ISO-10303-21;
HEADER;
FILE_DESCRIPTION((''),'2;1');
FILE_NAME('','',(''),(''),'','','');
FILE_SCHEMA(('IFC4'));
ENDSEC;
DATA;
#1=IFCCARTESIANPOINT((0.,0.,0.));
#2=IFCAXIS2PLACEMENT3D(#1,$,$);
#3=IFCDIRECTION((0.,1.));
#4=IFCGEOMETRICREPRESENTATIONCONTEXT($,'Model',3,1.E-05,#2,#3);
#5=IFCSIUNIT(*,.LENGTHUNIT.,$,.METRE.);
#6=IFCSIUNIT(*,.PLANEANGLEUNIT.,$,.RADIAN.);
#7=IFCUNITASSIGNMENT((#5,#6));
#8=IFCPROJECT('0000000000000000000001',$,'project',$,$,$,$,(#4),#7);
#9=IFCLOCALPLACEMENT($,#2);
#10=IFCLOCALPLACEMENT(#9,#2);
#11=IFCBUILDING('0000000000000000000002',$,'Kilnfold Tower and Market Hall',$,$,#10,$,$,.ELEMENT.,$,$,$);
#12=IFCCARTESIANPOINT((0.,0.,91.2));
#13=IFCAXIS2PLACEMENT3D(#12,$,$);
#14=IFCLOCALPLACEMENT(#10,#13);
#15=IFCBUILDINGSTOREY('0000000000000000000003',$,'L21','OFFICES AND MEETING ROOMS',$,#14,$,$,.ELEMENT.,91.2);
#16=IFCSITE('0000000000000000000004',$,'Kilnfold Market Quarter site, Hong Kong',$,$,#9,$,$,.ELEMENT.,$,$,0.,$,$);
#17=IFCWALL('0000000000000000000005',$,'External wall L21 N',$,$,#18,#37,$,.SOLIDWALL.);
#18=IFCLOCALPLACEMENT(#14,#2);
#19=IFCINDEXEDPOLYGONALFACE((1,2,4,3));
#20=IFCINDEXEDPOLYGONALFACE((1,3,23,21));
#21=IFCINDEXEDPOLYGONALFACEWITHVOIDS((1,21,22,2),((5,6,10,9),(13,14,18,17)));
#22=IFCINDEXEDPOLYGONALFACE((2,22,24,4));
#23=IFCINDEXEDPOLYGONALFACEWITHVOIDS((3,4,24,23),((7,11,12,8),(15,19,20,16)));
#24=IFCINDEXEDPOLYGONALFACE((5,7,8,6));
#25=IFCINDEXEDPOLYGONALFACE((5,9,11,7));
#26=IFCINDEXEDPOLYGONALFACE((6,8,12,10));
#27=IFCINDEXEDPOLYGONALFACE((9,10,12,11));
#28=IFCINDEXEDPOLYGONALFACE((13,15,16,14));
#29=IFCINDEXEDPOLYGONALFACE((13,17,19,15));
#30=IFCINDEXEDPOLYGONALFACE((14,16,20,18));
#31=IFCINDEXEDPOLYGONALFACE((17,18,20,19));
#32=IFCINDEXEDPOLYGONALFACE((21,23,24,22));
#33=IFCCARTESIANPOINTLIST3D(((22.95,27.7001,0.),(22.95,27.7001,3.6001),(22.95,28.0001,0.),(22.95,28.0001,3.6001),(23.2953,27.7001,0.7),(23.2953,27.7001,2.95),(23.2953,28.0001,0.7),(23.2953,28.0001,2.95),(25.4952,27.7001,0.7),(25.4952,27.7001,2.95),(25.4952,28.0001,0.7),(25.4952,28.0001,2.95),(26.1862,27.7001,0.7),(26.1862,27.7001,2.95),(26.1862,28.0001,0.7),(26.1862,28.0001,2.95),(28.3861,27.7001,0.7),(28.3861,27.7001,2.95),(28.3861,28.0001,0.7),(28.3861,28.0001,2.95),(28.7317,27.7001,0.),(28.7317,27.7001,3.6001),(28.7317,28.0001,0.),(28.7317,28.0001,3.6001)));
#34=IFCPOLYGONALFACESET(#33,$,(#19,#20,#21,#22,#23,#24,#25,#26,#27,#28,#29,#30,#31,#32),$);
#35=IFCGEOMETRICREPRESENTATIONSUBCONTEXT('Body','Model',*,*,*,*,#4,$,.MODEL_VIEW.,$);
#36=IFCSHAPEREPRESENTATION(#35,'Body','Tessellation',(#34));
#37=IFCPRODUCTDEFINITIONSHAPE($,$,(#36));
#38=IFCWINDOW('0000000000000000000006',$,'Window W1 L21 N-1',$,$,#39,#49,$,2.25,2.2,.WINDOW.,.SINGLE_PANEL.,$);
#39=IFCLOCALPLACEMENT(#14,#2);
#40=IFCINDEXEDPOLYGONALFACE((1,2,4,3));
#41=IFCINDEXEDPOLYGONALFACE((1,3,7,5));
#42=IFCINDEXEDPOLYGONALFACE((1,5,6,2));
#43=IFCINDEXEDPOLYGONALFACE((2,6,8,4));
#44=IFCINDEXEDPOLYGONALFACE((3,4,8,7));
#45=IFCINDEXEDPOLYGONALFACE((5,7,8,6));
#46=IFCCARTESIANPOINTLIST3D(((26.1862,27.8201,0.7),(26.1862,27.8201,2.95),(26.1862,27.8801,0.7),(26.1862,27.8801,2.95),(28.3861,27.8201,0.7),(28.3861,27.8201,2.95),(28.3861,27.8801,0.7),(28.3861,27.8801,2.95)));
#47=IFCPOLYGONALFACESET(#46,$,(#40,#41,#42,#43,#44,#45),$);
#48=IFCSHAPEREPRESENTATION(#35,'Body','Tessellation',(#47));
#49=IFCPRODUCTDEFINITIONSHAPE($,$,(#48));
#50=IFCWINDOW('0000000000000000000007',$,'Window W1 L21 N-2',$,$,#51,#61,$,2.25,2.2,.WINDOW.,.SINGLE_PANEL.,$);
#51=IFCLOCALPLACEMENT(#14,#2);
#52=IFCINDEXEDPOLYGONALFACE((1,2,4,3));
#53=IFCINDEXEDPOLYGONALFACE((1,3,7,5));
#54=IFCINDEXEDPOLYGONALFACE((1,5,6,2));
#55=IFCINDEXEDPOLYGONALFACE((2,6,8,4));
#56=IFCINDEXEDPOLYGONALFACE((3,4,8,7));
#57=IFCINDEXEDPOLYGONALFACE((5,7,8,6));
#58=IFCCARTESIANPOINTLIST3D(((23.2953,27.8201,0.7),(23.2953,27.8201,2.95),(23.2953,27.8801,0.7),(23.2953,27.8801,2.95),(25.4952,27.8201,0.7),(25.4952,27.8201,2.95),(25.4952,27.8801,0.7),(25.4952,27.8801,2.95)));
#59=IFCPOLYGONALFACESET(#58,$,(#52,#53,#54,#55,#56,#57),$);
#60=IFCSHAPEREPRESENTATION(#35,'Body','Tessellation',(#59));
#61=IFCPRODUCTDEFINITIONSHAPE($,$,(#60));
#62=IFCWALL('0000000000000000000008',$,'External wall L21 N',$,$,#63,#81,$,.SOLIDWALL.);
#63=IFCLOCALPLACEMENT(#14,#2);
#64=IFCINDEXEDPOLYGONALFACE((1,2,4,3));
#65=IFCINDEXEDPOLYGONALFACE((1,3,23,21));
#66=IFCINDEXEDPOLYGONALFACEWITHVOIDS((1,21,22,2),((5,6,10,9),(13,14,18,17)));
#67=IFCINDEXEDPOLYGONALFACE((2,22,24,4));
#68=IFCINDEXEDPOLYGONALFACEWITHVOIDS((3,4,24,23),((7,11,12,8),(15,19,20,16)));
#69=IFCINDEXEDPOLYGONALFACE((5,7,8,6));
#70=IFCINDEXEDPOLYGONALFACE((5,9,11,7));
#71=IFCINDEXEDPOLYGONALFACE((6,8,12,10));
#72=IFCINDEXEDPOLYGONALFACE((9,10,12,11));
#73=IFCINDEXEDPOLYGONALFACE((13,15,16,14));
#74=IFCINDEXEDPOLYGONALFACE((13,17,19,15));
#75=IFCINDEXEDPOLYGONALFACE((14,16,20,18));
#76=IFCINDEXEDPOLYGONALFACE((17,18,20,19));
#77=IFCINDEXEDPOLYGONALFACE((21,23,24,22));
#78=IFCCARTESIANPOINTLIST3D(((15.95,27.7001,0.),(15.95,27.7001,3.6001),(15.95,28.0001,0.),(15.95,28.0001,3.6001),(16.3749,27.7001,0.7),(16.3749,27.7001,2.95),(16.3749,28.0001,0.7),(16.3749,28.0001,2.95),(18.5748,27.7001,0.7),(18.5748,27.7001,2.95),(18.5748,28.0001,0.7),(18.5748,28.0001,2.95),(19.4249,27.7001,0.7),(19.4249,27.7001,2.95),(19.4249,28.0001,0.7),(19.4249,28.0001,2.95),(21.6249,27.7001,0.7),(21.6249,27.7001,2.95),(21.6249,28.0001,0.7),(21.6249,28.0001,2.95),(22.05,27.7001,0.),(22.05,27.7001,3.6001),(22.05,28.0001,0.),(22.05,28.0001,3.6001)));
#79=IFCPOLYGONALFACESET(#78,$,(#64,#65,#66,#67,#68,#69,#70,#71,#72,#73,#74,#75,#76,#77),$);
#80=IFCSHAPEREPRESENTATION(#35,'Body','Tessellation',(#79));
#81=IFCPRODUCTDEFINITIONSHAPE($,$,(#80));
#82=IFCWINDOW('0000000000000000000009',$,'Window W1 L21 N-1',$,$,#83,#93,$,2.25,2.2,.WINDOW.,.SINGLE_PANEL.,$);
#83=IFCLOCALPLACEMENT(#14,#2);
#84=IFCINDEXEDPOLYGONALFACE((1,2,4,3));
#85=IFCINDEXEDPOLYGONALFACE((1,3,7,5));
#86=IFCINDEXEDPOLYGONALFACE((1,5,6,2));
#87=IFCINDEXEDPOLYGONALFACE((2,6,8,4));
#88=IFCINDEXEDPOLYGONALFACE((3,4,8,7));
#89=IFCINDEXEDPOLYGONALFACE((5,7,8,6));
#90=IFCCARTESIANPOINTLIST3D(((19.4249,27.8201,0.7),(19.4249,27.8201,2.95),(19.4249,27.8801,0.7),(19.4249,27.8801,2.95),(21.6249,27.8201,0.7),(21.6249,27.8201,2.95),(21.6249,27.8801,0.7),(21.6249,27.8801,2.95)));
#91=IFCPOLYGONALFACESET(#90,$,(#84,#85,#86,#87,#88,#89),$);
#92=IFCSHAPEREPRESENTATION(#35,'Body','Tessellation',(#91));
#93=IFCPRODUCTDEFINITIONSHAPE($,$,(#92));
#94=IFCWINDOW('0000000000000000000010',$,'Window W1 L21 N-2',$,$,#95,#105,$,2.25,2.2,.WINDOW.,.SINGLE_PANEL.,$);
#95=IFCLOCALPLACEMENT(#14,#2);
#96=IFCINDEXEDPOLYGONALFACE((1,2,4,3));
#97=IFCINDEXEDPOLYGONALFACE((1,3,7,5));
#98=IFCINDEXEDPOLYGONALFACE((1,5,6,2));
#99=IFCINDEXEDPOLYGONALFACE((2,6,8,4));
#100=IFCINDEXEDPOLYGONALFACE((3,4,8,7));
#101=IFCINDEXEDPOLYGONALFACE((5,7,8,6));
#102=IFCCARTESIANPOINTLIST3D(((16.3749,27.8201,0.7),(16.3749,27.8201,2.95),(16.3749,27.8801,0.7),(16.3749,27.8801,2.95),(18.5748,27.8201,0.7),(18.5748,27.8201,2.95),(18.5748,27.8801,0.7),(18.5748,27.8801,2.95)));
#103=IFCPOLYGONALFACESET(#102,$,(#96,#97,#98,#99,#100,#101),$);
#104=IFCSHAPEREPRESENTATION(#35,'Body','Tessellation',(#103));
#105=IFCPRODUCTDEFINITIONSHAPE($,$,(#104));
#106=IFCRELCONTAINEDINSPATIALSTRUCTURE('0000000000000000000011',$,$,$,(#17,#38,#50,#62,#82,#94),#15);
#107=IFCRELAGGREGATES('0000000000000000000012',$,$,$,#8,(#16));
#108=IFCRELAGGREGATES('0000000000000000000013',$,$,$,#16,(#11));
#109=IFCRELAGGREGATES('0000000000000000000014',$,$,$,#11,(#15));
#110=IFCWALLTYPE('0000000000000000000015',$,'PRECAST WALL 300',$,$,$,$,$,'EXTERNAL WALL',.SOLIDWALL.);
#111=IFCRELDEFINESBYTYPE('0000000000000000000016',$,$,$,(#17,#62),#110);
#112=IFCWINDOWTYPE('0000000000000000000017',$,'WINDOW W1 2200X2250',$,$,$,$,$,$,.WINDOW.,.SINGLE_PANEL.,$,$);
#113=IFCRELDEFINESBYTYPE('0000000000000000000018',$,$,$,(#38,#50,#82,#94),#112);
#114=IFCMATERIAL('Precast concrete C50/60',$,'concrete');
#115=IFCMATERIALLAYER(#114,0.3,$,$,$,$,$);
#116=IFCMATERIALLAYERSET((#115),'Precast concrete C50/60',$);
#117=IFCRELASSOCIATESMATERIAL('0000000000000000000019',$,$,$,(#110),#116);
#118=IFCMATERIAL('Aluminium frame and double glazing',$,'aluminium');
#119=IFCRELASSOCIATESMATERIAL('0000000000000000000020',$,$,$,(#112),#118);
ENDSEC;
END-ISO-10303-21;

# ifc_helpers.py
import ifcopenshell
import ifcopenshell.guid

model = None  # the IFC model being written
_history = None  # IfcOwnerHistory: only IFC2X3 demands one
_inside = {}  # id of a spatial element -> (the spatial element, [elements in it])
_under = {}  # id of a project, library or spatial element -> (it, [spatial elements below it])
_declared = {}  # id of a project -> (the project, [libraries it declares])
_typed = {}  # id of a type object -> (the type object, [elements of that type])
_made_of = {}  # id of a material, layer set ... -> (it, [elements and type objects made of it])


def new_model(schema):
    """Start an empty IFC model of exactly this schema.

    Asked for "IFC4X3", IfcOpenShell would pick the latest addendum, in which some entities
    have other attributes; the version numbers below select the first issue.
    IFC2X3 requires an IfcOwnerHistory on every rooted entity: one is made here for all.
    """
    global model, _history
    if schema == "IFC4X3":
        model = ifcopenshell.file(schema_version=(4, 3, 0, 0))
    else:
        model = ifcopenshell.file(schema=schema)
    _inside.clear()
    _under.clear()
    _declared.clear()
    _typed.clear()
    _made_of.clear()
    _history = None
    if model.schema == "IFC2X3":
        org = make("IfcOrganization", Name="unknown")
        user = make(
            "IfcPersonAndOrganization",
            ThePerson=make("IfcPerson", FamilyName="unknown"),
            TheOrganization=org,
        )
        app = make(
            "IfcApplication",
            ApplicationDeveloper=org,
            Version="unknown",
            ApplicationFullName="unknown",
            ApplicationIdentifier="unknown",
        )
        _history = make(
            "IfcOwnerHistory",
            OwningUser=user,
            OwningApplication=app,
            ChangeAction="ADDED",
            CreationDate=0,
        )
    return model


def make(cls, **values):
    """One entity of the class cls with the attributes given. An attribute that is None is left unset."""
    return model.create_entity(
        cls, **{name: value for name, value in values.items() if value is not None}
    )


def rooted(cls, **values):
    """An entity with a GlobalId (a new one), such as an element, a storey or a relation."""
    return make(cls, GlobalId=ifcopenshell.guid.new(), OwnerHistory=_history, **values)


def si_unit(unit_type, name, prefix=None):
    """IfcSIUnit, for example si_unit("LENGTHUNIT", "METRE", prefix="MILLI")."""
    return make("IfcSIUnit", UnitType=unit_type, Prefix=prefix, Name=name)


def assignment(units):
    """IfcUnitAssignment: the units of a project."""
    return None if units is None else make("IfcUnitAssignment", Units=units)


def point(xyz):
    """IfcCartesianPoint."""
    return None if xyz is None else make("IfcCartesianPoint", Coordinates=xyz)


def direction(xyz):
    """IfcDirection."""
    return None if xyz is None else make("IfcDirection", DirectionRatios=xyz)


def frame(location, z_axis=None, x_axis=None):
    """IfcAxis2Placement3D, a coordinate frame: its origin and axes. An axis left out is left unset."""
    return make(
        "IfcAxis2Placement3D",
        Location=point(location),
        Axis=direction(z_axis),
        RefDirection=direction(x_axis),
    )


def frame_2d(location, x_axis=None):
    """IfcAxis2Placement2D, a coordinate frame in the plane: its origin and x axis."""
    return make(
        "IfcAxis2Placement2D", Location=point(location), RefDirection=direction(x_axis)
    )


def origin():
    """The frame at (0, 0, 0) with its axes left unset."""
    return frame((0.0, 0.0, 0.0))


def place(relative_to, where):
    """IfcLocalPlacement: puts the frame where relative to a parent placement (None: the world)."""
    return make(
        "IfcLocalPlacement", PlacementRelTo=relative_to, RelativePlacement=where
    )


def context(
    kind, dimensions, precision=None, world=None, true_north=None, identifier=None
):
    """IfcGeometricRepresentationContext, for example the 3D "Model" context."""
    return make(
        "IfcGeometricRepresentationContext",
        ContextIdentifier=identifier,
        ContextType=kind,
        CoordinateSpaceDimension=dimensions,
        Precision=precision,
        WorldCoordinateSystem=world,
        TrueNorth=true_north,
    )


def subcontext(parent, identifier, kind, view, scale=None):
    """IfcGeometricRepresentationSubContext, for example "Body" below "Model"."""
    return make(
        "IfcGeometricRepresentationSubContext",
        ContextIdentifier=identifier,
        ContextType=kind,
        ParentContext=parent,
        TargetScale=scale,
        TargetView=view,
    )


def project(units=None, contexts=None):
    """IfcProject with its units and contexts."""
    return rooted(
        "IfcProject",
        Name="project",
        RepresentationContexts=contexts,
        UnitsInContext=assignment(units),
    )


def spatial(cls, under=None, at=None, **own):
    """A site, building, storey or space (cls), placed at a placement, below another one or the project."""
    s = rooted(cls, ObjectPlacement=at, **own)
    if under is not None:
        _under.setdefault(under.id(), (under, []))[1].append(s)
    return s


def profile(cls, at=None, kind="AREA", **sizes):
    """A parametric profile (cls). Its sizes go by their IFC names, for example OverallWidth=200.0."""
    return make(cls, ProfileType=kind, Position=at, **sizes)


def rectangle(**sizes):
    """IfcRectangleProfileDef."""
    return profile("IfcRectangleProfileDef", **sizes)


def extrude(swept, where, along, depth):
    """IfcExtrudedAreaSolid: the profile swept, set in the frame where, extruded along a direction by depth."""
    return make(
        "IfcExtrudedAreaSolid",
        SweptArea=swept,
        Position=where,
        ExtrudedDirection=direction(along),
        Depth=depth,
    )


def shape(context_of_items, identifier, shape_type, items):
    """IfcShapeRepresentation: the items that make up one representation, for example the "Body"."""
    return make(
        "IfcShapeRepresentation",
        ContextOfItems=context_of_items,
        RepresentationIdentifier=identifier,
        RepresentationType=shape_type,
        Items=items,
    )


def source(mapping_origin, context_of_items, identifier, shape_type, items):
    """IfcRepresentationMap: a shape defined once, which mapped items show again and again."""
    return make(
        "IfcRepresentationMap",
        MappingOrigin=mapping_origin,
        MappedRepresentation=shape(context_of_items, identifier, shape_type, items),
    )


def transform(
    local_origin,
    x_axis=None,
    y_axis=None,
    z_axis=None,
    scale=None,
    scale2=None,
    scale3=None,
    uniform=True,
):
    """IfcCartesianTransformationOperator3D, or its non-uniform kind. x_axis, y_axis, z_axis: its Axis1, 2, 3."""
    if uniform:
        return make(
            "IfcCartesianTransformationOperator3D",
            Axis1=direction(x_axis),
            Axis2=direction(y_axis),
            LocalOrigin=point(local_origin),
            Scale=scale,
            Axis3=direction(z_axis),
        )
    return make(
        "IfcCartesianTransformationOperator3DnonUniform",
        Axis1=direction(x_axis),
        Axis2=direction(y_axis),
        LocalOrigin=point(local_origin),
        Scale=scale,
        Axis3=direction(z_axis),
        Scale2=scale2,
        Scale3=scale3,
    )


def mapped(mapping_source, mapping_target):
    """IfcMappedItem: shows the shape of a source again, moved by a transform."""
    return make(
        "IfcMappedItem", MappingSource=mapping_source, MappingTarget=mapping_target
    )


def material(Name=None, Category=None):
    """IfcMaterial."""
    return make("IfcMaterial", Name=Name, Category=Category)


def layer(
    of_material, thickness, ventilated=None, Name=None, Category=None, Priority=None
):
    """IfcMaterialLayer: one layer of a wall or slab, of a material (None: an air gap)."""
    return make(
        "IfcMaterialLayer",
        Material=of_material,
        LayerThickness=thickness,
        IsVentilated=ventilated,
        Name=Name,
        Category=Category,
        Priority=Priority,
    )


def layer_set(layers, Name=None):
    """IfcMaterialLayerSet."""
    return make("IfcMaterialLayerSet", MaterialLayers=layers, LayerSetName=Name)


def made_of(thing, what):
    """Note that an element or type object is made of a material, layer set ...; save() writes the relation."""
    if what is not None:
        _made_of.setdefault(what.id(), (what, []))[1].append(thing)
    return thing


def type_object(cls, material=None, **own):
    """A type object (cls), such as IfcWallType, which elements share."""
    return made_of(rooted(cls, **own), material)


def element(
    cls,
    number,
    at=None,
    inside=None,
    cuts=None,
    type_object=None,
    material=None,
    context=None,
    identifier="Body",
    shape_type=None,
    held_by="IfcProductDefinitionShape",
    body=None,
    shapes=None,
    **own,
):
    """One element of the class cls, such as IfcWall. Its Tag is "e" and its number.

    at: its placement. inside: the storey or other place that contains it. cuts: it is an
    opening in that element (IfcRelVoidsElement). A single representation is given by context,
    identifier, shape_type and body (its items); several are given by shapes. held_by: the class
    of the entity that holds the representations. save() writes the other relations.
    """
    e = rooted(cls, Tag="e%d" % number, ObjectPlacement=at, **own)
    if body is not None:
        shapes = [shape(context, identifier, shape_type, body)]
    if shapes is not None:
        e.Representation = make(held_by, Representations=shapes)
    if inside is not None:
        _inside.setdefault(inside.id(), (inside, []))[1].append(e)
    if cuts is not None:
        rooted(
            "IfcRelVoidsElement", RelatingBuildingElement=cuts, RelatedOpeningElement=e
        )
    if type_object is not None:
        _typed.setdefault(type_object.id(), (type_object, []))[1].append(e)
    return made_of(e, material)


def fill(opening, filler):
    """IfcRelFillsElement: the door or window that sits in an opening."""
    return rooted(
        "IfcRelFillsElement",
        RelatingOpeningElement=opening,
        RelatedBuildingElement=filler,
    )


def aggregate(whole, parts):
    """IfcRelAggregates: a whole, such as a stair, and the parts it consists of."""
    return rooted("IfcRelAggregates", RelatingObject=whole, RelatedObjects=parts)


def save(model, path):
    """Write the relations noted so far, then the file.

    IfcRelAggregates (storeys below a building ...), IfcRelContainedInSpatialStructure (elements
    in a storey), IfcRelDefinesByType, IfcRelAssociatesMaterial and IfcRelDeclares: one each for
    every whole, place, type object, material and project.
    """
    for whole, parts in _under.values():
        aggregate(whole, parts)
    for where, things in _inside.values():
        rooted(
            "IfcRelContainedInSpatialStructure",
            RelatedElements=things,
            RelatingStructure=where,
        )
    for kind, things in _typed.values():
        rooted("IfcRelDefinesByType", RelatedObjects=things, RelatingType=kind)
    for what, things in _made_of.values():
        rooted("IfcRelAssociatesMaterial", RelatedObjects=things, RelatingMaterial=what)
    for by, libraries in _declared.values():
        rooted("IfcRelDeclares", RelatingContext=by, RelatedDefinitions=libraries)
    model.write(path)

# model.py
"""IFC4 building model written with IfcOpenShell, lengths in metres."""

from ifc_helpers import new_model, si_unit, direction, frame, frame_2d, origin, place, context, subcontext, project, spatial, rectangle, extrude, source, transform, mapped, material, layer, layer_set, type_object, element, fill, save


model = new_model("IFC4")

# Units and contexts
model_context = context("Model", 3, precision=1e-05, world=origin(), true_north=direction((0.0, 1.0)))
body_context = subcontext(model_context, "Body", "Model", "MODEL_VIEW")
ifc_project = project(units=[si_unit("LENGTHUNIT", "METRE"), si_unit("PLANEANGLEUNIT", "RADIAN")], contexts=[model_context])

# Site, building, storey
site_placement = place(None, origin())
site = spatial("IfcSite", under=ifc_project, at=site_placement, Name="Kilnfold Market Quarter site, Hong Kong", CompositionType="ELEMENT", RefElevation=0.0)
building_placement = place(site_placement, origin())
building = spatial("IfcBuilding", under=site, at=building_placement, Name="Kilnfold Tower and Market Hall", CompositionType="ELEMENT")
storey_placement = place(building_placement, frame((0.0, 0.0, 91.2)))
storey = spatial("IfcBuildingStorey", under=building, at=storey_placement, Name="L21", Description="OFFICES AND MEETING ROOMS", CompositionType="ELEMENT", Elevation=91.2)

# Shared definitions
ifc_material_1 = material(Name="Precast concrete C50/60", Category="concrete")
ifc_layer_1 = layer(ifc_material_1, 0.3)
ifc_layer_set_1 = layer_set([ifc_layer_1], Name="Precast concrete C50/60")
wall_type_1 = type_object("IfcWallType", Name="PRECAST WALL 300", ElementType="EXTERNAL WALL", PredefinedType="SOLIDWALL", material=ifc_layer_set_1)

# Shared definitions
ifc_material_2 = material(Name="Aluminium frame and double glazing", Category="aluminium")
window_type = type_object("IfcWindowType", Name="WINDOW W1 2200X2250", PartitioningType="SINGLE_PANEL", PredefinedType="WINDOW", material=ifc_material_2)

# Walls, openings, windows
shared_shape_1 = source(origin(), body_context, "Body", "SweptSolid", [
    extrude(rectangle(XDim=5.7817, YDim=0.3, at=frame_2d((2.8909, 0.0))), origin(), (0.0, 0.0, 1.0), 3.6001),
])
wall_1_placement = place(storey_placement, frame((28.7317, 27.8501, 0.0), z_axis=(0.0, 0.0, 1.0), x_axis=(-1.0, 0.0, 0.0)))
wall_1 = element("IfcWall", 1, at=wall_1_placement, inside=storey, type_object=wall_type_1, Name="External wall L21 N", PredefinedType="SOLIDWALL", context=body_context, shape_type="MappedRepresentation", body=[
    mapped(shared_shape_1, transform((0.0, 0.0, 0.0))),
])
opening_1_placement = place(wall_1_placement, frame((0.3455, 0.0, 0.7)))
opening_1 = element("IfcOpeningElement", 2, at=opening_1_placement, cuts=wall_1, PredefinedType="OPENING", context=body_context, shape_type="SweptSolid", body=[
    extrude(rectangle(XDim=2.2, YDim=2.25, at=frame_2d((1.1001, 1.125))), frame((0.0, 0.1602, 0.0), z_axis=(0.0, -1.0, 0.0), x_axis=(1.0, 0.0, 0.0)), (0.0, 0.0, 1.0), 0.3201),
])
opening_2_placement = place(wall_1_placement, frame((3.2363, 0.0, 0.7)))
opening_2 = element("IfcOpeningElement", 3, at=opening_2_placement, cuts=wall_1, PredefinedType="OPENING", context=body_context, shape_type="SweptSolid", body=[
    extrude(rectangle(XDim=2.2, YDim=2.25, at=frame_2d((1.1001, 1.125))), frame((0.0, 0.1602, 0.0), z_axis=(0.0, -1.0, 0.0), x_axis=(1.0, 0.0, 0.0)), (0.0, 0.0, 1.0), 0.3201),
])
window_1_placement = place(opening_1_placement, origin())
window_1 = element("IfcWindow", 4, at=window_1_placement, inside=storey, type_object=window_type, Name="Window W1 L21 N-1", OverallHeight=2.25, OverallWidth=2.2, PartitioningType="SINGLE_PANEL", PredefinedType="WINDOW", context=body_context, shape_type="SweptSolid", body=[
    extrude(rectangle(XDim=2.2, YDim=2.25, at=frame_2d((1.1001, 1.125))), frame((0.0, 0.03, 0.0), z_axis=(0.0, -1.0, 0.0), x_axis=(1.0, 0.0, 0.0)), (0.0, 0.0, 1.0), 0.0601),
])
fill(opening_1, window_1)
window_2_placement = place(opening_2_placement, origin())
window_2 = element("IfcWindow", 5, at=window_2_placement, inside=storey, type_object=window_type, Name="Window W1 L21 N-2", OverallHeight=2.25, OverallWidth=2.2, PartitioningType="SINGLE_PANEL", PredefinedType="WINDOW", context=body_context, shape_type="SweptSolid", body=[
    extrude(rectangle(XDim=2.2, YDim=2.25, at=frame_2d((1.1001, 1.125))), frame((0.0, 0.03, 0.0), z_axis=(0.0, -1.0, 0.0), x_axis=(1.0, 0.0, 0.0)), (0.0, 0.0, 1.0), 0.0601),
])
fill(opening_2, window_2)
shared_shape_2 = source(origin(), body_context, "Body", "SweptSolid", [
    extrude(rectangle(XDim=6.1001, YDim=0.3, at=frame_2d((3.05, 0.0))), origin(), (0.0, 0.0, 1.0), 3.6001),
])
wall_2_placement = place(storey_placement, frame((22.05, 27.8501, 0.0), z_axis=(0.0, 0.0, 1.0), x_axis=(-1.0, 0.0, 0.0)))
wall_2 = element("IfcWall", 6, at=wall_2_placement, inside=storey, type_object=wall_type_1, Name="External wall L21 N", PredefinedType="SOLIDWALL", context=body_context, shape_type="MappedRepresentation", body=[
    mapped(shared_shape_2, transform((0.0, 0.0, 0.0))),
])
opening_3_placement = place(wall_2_placement, frame((0.425, 0.0, 0.7)))
opening_3 = element("IfcOpeningElement", 7, at=opening_3_placement, cuts=wall_2, PredefinedType="OPENING", context=body_context, shape_type="SweptSolid", body=[
    extrude(rectangle(XDim=2.2, YDim=2.25, at=frame_2d((1.1001, 1.125))), frame((0.0, 0.1602, 0.0), z_axis=(0.0, -1.0, 0.0), x_axis=(1.0, 0.0, 0.0)), (0.0, 0.0, 1.0), 0.3201),
])
opening_4_placement = place(wall_2_placement, frame((3.4751, 0.0, 0.7)))
opening_4 = element("IfcOpeningElement", 8, at=opening_4_placement, cuts=wall_2, PredefinedType="OPENING", context=body_context, shape_type="SweptSolid", body=[
    extrude(rectangle(XDim=2.2, YDim=2.25, at=frame_2d((1.1001, 1.125))), frame((0.0, 0.1602, 0.0), z_axis=(0.0, -1.0, 0.0), x_axis=(1.0, 0.0, 0.0)), (0.0, 0.0, 1.0), 0.3201),
])
window_3_placement = place(opening_3_placement, origin())
window_3 = element("IfcWindow", 9, at=window_3_placement, inside=storey, type_object=window_type, Name="Window W1 L21 N-1", OverallHeight=2.25, OverallWidth=2.2, PartitioningType="SINGLE_PANEL", PredefinedType="WINDOW", context=body_context, shape_type="SweptSolid", body=[
    extrude(rectangle(XDim=2.2, YDim=2.25, at=frame_2d((1.1001, 1.125))), frame((0.0, 0.03, 0.0), z_axis=(0.0, -1.0, 0.0), x_axis=(1.0, 0.0, 0.0)), (0.0, 0.0, 1.0), 0.0601),
])
fill(opening_3, window_3)
window_4_placement = place(opening_4_placement, origin())
window_4 = element("IfcWindow", 10, at=window_4_placement, inside=storey, type_object=window_type, Name="Window W1 L21 N-2", OverallHeight=2.25, OverallWidth=2.2, PartitioningType="SINGLE_PANEL", PredefinedType="WINDOW", context=body_context, shape_type="SweptSolid", body=[
    extrude(rectangle(XDim=2.2, YDim=2.25, at=frame_2d((1.1001, 1.125))), frame((0.0, 0.03, 0.0), z_axis=(0.0, -1.0, 0.0), x_axis=(1.0, 0.0, 0.0)), (0.0, 0.0, 1.0), 0.0601),
])
fill(opening_4, window_4)

save(model, "model.ifc")
